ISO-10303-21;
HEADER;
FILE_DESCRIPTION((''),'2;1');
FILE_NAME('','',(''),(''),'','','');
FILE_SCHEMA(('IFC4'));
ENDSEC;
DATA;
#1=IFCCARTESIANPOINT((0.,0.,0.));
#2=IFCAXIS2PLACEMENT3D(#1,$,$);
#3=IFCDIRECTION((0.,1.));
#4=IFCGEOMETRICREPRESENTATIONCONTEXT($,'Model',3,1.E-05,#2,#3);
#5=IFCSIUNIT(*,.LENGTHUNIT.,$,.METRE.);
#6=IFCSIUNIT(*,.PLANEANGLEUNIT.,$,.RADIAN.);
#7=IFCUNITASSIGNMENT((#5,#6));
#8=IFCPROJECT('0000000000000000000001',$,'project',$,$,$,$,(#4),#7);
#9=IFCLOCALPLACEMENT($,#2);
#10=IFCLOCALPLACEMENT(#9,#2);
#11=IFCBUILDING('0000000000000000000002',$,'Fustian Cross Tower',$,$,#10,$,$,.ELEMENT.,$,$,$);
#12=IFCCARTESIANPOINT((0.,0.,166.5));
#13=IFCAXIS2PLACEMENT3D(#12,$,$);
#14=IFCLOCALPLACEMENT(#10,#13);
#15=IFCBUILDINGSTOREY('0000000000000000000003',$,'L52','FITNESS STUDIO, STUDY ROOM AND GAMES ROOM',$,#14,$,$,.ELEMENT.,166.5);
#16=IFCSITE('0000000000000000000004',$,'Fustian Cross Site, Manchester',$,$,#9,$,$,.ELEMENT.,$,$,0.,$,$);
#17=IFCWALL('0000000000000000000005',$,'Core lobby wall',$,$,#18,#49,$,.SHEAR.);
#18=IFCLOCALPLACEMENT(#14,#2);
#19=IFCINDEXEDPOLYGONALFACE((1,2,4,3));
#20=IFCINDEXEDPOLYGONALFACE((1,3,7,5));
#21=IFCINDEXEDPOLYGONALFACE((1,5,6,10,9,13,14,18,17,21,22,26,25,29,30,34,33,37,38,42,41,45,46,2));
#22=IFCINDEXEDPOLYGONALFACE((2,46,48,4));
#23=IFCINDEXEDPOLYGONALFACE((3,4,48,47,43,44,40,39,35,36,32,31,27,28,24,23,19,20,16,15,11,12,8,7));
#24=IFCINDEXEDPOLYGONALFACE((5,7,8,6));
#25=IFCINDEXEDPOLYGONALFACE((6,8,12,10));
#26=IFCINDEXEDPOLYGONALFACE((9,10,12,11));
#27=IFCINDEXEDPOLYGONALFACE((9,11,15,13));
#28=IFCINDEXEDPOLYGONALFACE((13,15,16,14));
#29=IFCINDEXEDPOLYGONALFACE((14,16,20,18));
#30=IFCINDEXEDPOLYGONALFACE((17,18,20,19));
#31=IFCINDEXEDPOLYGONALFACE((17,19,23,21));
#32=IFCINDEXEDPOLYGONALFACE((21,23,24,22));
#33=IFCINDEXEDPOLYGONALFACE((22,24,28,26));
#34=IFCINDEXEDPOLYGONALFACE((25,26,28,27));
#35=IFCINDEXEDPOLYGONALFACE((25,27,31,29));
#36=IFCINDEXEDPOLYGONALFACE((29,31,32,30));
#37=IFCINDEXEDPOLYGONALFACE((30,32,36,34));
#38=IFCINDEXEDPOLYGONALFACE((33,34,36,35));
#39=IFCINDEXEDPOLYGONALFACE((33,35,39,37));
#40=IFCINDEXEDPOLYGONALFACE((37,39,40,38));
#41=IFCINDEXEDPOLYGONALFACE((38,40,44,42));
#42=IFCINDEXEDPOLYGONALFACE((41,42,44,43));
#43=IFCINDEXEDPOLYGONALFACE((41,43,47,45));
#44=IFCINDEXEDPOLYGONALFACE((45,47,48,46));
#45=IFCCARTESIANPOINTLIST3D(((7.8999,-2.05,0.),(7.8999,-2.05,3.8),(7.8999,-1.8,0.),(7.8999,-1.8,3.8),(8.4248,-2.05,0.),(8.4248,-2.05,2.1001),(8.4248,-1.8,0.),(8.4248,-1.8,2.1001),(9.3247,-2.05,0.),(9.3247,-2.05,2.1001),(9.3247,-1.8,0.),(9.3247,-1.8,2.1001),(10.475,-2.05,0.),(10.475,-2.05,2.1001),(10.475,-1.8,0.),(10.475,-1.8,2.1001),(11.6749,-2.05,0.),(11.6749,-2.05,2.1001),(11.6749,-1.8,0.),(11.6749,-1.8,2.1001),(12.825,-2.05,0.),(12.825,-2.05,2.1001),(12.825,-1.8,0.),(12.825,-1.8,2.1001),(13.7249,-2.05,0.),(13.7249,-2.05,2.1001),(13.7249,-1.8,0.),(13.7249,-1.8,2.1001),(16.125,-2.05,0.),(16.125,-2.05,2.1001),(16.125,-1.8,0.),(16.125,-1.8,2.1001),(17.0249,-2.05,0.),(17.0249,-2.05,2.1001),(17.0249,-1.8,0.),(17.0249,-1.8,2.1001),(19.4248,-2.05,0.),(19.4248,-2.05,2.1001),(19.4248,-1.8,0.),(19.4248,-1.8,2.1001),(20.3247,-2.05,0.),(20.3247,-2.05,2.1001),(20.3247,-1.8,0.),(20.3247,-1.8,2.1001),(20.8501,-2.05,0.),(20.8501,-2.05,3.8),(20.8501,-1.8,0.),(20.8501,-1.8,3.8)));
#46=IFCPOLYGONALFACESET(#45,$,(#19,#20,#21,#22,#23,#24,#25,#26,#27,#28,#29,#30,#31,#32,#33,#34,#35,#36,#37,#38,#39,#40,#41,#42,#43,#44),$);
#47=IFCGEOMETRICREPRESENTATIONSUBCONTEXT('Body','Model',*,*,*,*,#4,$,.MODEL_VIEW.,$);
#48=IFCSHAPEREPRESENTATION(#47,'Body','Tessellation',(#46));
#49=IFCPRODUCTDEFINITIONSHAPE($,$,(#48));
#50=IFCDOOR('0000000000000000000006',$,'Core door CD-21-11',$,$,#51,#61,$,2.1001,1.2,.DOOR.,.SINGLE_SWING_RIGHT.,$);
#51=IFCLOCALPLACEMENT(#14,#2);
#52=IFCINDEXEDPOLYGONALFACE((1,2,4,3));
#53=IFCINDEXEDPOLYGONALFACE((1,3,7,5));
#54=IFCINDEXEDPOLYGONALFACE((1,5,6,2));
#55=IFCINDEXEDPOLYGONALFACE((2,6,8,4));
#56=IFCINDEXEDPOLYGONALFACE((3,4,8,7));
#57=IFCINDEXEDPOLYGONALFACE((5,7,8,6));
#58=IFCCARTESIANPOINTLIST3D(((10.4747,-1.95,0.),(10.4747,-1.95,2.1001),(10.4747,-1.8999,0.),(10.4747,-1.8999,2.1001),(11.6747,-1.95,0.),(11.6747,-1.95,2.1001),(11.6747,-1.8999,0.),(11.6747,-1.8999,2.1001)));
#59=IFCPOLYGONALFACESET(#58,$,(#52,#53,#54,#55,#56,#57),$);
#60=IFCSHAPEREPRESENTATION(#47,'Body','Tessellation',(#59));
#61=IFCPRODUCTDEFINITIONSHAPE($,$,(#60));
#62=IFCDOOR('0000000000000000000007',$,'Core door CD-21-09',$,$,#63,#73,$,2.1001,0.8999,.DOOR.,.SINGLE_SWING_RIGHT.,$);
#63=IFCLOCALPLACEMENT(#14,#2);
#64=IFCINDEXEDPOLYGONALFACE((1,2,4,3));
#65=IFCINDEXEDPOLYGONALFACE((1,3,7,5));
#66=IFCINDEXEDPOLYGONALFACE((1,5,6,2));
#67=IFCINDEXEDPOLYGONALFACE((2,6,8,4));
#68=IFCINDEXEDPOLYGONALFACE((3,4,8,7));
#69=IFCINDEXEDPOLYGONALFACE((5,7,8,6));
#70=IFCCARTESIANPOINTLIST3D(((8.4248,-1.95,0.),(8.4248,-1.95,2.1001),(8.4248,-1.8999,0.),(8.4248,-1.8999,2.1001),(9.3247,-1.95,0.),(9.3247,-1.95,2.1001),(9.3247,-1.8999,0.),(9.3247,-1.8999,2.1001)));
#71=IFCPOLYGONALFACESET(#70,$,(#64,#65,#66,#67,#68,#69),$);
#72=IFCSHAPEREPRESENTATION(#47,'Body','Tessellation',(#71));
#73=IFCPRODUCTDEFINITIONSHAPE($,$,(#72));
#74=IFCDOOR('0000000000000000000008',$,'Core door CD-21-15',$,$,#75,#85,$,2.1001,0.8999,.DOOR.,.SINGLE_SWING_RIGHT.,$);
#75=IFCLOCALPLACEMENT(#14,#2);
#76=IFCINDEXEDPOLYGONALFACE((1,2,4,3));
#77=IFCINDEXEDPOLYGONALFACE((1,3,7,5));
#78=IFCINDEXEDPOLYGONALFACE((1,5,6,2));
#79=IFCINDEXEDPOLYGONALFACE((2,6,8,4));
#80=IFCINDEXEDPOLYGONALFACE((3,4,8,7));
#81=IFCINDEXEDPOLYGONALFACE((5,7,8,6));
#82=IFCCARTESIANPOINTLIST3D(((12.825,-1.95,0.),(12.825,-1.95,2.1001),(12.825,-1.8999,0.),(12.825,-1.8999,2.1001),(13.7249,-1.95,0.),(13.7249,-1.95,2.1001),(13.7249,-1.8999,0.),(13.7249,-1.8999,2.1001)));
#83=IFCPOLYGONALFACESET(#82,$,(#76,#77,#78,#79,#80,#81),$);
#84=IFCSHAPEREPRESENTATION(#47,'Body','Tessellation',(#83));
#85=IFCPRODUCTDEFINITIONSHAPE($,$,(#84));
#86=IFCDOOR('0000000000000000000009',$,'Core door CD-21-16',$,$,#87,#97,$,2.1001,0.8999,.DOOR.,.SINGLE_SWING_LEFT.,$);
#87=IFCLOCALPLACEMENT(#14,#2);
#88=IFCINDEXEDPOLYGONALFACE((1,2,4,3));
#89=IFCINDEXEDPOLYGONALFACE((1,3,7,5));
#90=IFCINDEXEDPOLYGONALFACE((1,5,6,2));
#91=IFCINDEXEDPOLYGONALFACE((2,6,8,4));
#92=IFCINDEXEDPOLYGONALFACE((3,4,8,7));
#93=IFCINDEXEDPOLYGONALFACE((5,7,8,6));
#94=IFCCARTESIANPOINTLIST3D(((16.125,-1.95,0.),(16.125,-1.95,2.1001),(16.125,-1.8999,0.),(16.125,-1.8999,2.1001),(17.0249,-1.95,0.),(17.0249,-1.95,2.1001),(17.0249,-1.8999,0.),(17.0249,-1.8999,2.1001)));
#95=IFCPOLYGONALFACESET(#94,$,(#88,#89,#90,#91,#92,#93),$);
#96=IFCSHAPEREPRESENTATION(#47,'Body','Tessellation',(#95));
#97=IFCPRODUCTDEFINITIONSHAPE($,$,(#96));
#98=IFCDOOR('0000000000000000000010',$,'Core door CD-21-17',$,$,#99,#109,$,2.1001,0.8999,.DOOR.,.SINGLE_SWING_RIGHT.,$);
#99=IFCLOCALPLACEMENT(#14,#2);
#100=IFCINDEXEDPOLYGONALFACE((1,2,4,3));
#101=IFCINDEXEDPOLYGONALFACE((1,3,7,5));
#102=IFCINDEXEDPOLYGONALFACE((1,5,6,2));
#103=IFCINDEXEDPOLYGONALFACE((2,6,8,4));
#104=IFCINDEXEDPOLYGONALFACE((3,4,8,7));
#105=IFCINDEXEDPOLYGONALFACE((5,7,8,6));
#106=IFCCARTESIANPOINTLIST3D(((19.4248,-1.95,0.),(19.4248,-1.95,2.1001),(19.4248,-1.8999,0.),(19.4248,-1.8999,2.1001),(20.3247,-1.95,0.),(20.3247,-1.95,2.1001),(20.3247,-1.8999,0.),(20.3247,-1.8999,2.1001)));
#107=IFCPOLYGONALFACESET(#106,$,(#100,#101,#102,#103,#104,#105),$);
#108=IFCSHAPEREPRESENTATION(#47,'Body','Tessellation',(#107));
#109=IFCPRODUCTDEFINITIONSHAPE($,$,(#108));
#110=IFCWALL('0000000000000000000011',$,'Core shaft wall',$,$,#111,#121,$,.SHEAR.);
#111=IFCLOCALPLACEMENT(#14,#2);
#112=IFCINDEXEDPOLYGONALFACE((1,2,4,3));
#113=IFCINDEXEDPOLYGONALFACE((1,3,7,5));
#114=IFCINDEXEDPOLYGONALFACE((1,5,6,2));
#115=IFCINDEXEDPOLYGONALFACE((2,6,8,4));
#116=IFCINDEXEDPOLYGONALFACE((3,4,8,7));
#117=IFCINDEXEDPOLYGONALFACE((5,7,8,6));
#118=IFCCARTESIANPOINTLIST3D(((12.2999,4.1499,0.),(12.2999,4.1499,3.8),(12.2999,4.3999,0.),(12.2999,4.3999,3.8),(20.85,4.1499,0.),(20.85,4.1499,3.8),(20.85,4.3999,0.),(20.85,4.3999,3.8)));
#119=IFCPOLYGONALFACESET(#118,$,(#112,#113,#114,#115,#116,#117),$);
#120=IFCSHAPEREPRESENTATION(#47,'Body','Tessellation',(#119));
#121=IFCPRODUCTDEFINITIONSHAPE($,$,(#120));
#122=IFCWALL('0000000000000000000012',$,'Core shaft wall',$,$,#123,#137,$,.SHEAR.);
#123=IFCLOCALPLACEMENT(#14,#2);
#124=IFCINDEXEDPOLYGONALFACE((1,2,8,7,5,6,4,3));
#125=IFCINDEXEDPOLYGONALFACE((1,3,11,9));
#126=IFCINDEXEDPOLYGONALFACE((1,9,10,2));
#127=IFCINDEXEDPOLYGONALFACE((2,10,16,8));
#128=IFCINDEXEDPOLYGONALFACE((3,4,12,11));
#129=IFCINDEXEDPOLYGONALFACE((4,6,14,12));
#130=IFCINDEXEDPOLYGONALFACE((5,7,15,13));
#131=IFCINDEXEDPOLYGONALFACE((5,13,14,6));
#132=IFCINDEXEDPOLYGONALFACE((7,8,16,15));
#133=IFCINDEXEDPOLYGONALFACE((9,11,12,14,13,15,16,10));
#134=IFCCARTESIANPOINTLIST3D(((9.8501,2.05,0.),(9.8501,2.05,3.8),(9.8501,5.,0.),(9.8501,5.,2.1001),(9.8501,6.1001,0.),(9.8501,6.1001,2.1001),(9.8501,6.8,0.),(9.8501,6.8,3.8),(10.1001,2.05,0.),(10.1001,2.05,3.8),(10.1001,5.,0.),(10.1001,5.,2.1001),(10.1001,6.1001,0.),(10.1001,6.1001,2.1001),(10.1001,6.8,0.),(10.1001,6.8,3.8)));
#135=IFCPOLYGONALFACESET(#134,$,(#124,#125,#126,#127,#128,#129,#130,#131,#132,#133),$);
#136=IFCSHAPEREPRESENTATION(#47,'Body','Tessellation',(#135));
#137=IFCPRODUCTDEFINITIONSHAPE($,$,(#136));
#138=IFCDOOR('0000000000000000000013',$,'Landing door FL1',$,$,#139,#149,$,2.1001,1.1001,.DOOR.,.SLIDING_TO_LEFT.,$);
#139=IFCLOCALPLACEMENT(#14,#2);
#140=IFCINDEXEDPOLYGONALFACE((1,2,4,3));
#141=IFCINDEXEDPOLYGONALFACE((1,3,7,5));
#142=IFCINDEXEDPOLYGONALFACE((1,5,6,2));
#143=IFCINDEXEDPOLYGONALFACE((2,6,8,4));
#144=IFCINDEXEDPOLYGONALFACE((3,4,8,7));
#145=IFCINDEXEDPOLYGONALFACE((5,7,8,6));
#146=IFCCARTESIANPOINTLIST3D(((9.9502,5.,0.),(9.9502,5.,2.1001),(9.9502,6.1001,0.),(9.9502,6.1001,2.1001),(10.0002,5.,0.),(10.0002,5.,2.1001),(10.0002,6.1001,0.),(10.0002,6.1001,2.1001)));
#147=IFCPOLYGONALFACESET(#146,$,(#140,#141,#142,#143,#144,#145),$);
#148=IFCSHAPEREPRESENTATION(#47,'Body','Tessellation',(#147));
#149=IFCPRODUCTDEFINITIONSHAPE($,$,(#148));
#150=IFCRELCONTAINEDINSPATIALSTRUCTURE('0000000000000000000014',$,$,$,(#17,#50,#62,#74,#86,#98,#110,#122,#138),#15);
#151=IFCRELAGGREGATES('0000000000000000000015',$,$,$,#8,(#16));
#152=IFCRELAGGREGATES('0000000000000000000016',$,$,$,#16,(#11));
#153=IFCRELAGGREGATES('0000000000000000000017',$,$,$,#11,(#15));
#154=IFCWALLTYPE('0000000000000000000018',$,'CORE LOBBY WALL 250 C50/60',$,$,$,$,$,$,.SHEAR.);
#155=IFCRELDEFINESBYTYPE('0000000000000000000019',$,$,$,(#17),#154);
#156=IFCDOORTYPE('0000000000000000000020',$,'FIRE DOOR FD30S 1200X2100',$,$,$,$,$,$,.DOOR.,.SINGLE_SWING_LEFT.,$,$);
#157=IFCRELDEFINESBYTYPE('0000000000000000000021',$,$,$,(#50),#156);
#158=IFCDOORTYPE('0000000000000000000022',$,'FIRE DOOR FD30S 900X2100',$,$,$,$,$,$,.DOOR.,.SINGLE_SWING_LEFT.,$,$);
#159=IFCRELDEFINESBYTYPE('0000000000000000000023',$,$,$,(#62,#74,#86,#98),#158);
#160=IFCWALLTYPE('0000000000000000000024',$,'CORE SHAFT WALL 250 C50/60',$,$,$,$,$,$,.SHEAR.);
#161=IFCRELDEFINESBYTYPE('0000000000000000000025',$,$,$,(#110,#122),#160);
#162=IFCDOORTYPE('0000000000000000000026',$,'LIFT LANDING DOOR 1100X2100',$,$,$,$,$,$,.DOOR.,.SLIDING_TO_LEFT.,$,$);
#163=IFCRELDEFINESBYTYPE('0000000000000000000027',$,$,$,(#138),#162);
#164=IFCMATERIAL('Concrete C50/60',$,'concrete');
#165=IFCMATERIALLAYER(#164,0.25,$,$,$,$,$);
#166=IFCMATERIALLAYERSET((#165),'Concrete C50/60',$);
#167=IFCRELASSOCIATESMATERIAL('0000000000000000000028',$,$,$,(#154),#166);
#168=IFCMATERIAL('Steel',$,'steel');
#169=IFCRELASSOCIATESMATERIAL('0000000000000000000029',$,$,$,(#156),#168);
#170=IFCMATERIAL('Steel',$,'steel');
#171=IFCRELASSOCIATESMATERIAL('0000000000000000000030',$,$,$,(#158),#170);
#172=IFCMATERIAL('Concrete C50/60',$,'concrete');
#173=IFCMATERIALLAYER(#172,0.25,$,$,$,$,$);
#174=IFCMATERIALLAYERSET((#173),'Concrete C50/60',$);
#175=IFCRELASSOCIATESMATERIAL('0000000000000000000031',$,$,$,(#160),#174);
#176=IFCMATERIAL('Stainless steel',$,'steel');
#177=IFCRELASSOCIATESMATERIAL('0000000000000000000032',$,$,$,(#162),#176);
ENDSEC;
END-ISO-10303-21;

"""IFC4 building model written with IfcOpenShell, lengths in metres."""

from ifc_helpers import new_model, si_unit, direction, frame, frame_2d, origin, place, context, subcontext, project, spatial, rectangle, extrude, material, layer, layer_set, type_object, element, fill, save


model = new_model("IFC4")

# Units and contexts
model_context = context("Model", 3, precision=1e-05, world=origin(), true_north=direction((0.0, 1.0)))
body_context = subcontext(model_context, "Body", "Model", "MODEL_VIEW")
ifc_project = project(units=[si_unit("LENGTHUNIT", "METRE"), si_unit("PLANEANGLEUNIT", "RADIAN")], contexts=[model_context])

# Site, building, storey
site_placement = place(None, origin())
site = spatial("IfcSite", under=ifc_project, at=site_placement, Name="Fustian Cross Site, Manchester", CompositionType="ELEMENT", RefElevation=0.0)
building_placement = place(site_placement, origin())
building = spatial("IfcBuilding", under=site, at=building_placement, Name="Fustian Cross Tower", CompositionType="ELEMENT")
storey_placement = place(building_placement, frame((0.0, 0.0, 166.5)))
storey = spatial("IfcBuildingStorey", under=building, at=storey_placement, Name="L52", Description="FITNESS STUDIO, STUDY ROOM AND GAMES ROOM", CompositionType="ELEMENT", Elevation=166.5)

# Wall, openings, doors
ifc_material_1 = material(Name="Concrete C50/60", Category="concrete")
ifc_layer_1 = layer(ifc_material_1, 0.25)
ifc_layer_set_1 = layer_set([ifc_layer_1], Name="Concrete C50/60")
wall_type_1 = type_object("IfcWallType", Name="CORE LOBBY WALL 250 C50/60", PredefinedType="SHEAR", material=ifc_layer_set_1)
wall_1_placement = place(storey_placement, frame((7.8999, -1.925, 0.0), z_axis=(0.0, 0.0, 1.0), x_axis=(1.0, 0.0, 0.0)))
wall_1 = element("IfcWall", 1, at=wall_1_placement, inside=storey, type_object=wall_type_1, Name="Core lobby wall", PredefinedType="SHEAR", context=body_context, shape_type="SweptSolid", body=[
    extrude(rectangle(XDim=12.9502, YDim=0.25, at=frame_2d((6.4751, 0.0))), origin(), (0.0, 0.0, 1.0), 3.8),
])
opening_1_placement = place(wall_1_placement, frame((0.5249, 0.0, 0.0)))
opening_1 = element("IfcOpeningElement", 2, at=opening_1_placement, cuts=wall_1, PredefinedType="OPENING", context=body_context, shape_type="SweptSolid", body=[
    extrude(rectangle(XDim=0.8999, YDim=2.1001, at=frame_2d((0.45, 1.05))), frame((0.0, 0.135, 0.0), z_axis=(0.0, -1.0, 0.0), x_axis=(1.0, 0.0, 0.0)), (0.0, 0.0, 1.0), 0.27),
])
opening_2_placement = place(wall_1_placement, frame((2.575, 0.0, 0.0)))
opening_2 = element("IfcOpeningElement", 3, at=opening_2_placement, cuts=wall_1, PredefinedType="OPENING", context=body_context, shape_type="SweptSolid", body=[
    extrude(rectangle(XDim=1.2, YDim=2.1001, at=frame_2d((0.6001, 1.05))), frame((0.0, 0.135, 0.0), z_axis=(0.0, -1.0, 0.0), x_axis=(1.0, 0.0, 0.0)), (0.0, 0.0, 1.0), 0.27),
])
opening_3_placement = place(wall_1_placement, frame((4.925, 0.0, 0.0)))
opening_3 = element("IfcOpeningElement", 4, at=opening_3_placement, cuts=wall_1, PredefinedType="OPENING", context=body_context, shape_type="SweptSolid", body=[
    extrude(rectangle(XDim=0.8999, YDim=2.1001, at=frame_2d((0.45, 1.05))), frame((0.0, 0.135, 0.0), z_axis=(0.0, -1.0, 0.0), x_axis=(1.0, 0.0, 0.0)), (0.0, 0.0, 1.0), 0.27),
])
opening_4_placement = place(wall_1_placement, frame((8.2251, 0.0, 0.0)))
opening_4 = element("IfcOpeningElement", 5, at=opening_4_placement, cuts=wall_1, PredefinedType="OPENING", context=body_context, shape_type="SweptSolid", body=[
    extrude(rectangle(XDim=0.8999, YDim=2.1001, at=frame_2d((0.45, 1.05))), frame((0.0, 0.135, 0.0), z_axis=(0.0, -1.0, 0.0), x_axis=(1.0, 0.0, 0.0)), (0.0, 0.0, 1.0), 0.27),
])
opening_5_placement = place(wall_1_placement, frame((11.5249, 0.0, 0.0)))
opening_5 = element("IfcOpeningElement", 6, at=opening_5_placement, cuts=wall_1, PredefinedType="OPENING", context=body_context, shape_type="SweptSolid", body=[
    extrude(rectangle(XDim=0.8999, YDim=2.1001, at=frame_2d((0.45, 1.05))), frame((0.0, 0.135, 0.0), z_axis=(0.0, -1.0, 0.0), x_axis=(1.0, 0.0, 0.0)), (0.0, 0.0, 1.0), 0.27),
])
ifc_material_2 = material(Name="Steel", Category="steel")
door_type_1 = type_object("IfcDoorType", Name="FIRE DOOR FD30S 1200X2100", OperationType="SINGLE_SWING_LEFT", PredefinedType="DOOR", material=ifc_material_2)
door_1_placement = place(opening_2_placement, frame((1.2, 0.0, 0.0), z_axis=(0.0, 0.0, 1.0), x_axis=(-1.0, 0.0, 0.0)))
door_1 = element("IfcDoor", 7, at=door_1_placement, inside=storey, type_object=door_type_1, Name="Core door CD-21-11", OperationType="SINGLE_SWING_RIGHT", OverallHeight=2.1001, OverallWidth=1.2, PredefinedType="DOOR", context=body_context, shape_type="SweptSolid", body=[
    extrude(rectangle(XDim=1.2, YDim=2.1001, at=frame_2d((0.6001, 1.05))), frame((0.0, 0.0249, 0.0), z_axis=(0.0, -1.0, 0.0), x_axis=(1.0, 0.0, 0.0)), (0.0, 0.0, 1.0), 0.05),
])
fill(opening_2, door_1)
ifc_material_3 = material(Name="Steel", Category="steel")
door_type_2 = type_object("IfcDoorType", Name="FIRE DOOR FD30S 900X2100", OperationType="SINGLE_SWING_LEFT", PredefinedType="DOOR", material=ifc_material_3)
door_2_placement = place(opening_1_placement, frame((0.8999, 0.0, 0.0), z_axis=(0.0, 0.0, 1.0), x_axis=(-1.0, 0.0, 0.0)))
door_2 = element("IfcDoor", 8, at=door_2_placement, inside=storey, type_object=door_type_2, Name="Core door CD-21-09", OperationType="SINGLE_SWING_RIGHT", OverallHeight=2.1001, OverallWidth=0.8999, PredefinedType="DOOR", context=body_context, shape_type="SweptSolid", body=[
    extrude(rectangle(XDim=0.8999, YDim=2.1001, at=frame_2d((0.45, 1.05))), frame((0.0, 0.0249, 0.0), z_axis=(0.0, -1.0, 0.0), x_axis=(1.0, 0.0, 0.0)), (0.0, 0.0, 1.0), 0.05),
])
fill(opening_1, door_2)
door_3_placement = place(opening_3_placement, frame((0.8999, 0.0, 0.0), z_axis=(0.0, 0.0, 1.0), x_axis=(-1.0, 0.0, 0.0)))
door_3 = element("IfcDoor", 9, at=door_3_placement, inside=storey, type_object=door_type_2, Name="Core door CD-21-15", OperationType="SINGLE_SWING_RIGHT", OverallHeight=2.1001, OverallWidth=0.8999, PredefinedType="DOOR", context=body_context, shape_type="SweptSolid", body=[
    extrude(rectangle(XDim=0.8999, YDim=2.1001, at=frame_2d((0.45, 1.05))), frame((0.0, 0.0249, 0.0), z_axis=(0.0, -1.0, 0.0), x_axis=(1.0, 0.0, 0.0)), (0.0, 0.0, 1.0), 0.05),
])
fill(opening_3, door_3)
door_4_placement = place(opening_4_placement, frame((0.8999, 0.0, 0.0), z_axis=(0.0, 0.0, 1.0), x_axis=(-1.0, 0.0, 0.0)))
door_4 = element("IfcDoor", 10, at=door_4_placement, inside=storey, type_object=door_type_2, Name="Core door CD-21-16", OperationType="SINGLE_SWING_LEFT", OverallHeight=2.1001, OverallWidth=0.8999, PredefinedType="DOOR", context=body_context, shape_type="SweptSolid", body=[
    extrude(rectangle(XDim=0.8999, YDim=2.1001, at=frame_2d((0.45, 1.05))), frame((0.0, 0.0249, 0.0), z_axis=(0.0, -1.0, 0.0), x_axis=(1.0, 0.0, 0.0)), (0.0, 0.0, 1.0), 0.05),
])
fill(opening_4, door_4)
door_5_placement = place(opening_5_placement, frame((0.8999, 0.0, 0.0), z_axis=(0.0, 0.0, 1.0), x_axis=(-1.0, 0.0, 0.0)))
door_5 = element("IfcDoor", 11, at=door_5_placement, inside=storey, type_object=door_type_2, Name="Core door CD-21-17", OperationType="SINGLE_SWING_RIGHT", OverallHeight=2.1001, OverallWidth=0.8999, PredefinedType="DOOR", context=body_context, shape_type="SweptSolid", body=[
    extrude(rectangle(XDim=0.8999, YDim=2.1001, at=frame_2d((0.45, 1.05))), frame((0.0, 0.0249, 0.0), z_axis=(0.0, -1.0, 0.0), x_axis=(1.0, 0.0, 0.0)), (0.0, 0.0, 1.0), 0.05),
])
fill(opening_5, door_5)

# Wall
ifc_material_4 = material(Name="Concrete C50/60", Category="concrete")
ifc_layer_2 = layer(ifc_material_4, 0.25)
ifc_layer_set_2 = layer_set([ifc_layer_2], Name="Concrete C50/60")
wall_type_2 = type_object("IfcWallType", Name="CORE SHAFT WALL 250 C50/60", PredefinedType="SHEAR", material=ifc_layer_set_2)
wall_2_placement = place(storey_placement, frame((12.3, 4.2749, 0.0), z_axis=(0.0, 0.0, 1.0), x_axis=(1.0, 0.0, 0.0)))
element("IfcWall", 12, at=wall_2_placement, inside=storey, type_object=wall_type_2, Name="Core shaft wall", PredefinedType="SHEAR", context=body_context, shape_type="SweptSolid", body=[
    extrude(rectangle(XDim=8.55, YDim=0.25, at=frame_2d((4.2749, 0.0))), origin(), (0.0, 0.0, 1.0), 3.8),
])

# Wall, opening, door
wall_3_placement = place(storey_placement, frame((9.9751, 2.05, 0.0), z_axis=(0.0, 0.0, 1.0), x_axis=(0.0, 1.0, 0.0)))
wall_3 = element("IfcWall", 13, at=wall_3_placement, inside=storey, type_object=wall_type_2, Name="Core shaft wall", PredefinedType="SHEAR", context=body_context, shape_type="SweptSolid", body=[
    extrude(rectangle(XDim=4.75, YDim=0.25, at=frame_2d((2.375, 0.0))), origin(), (0.0, 0.0, 1.0), 3.8),
])
opening_6_placement = place(wall_3_placement, frame((2.95, 0.0, 0.0)))
opening_6 = element("IfcOpeningElement", 14, at=opening_6_placement, cuts=wall_3, PredefinedType="OPENING", context=body_context, shape_type="SweptSolid", body=[
    extrude(rectangle(XDim=1.1001, YDim=2.1001, at=frame_2d((0.55, 1.05))), frame((0.0, 0.135, 0.0), z_axis=(0.0, -1.0, 0.0), x_axis=(1.0, 0.0, 0.0)), (0.0, 0.0, 1.0), 0.27),
])
ifc_material_5 = material(Name="Stainless steel", Category="steel")
door_type_3 = type_object("IfcDoorType", Name="LIFT LANDING DOOR 1100X2100", OperationType="SLIDING_TO_LEFT", PredefinedType="DOOR", material=ifc_material_5)
door_6_placement = place(opening_6_placement, origin())
door_6 = element("IfcDoor", 15, at=door_6_placement, inside=storey, type_object=door_type_3, Name="Landing door FL1", OperationType="SLIDING_TO_LEFT", OverallHeight=2.1001, OverallWidth=1.1001, PredefinedType="DOOR", context=body_context, shape_type="SweptSolid", body=[
    extrude(rectangle(XDim=1.1001, YDim=2.1001, at=frame_2d((0.55, 1.05))), frame((0.0, 0.0249, 0.0), z_axis=(0.0, -1.0, 0.0), x_axis=(1.0, 0.0, 0.0)), (0.0, 0.0, 1.0), 0.05),
])
fill(opening_6, door_6)

save(model, "model.ifc")
